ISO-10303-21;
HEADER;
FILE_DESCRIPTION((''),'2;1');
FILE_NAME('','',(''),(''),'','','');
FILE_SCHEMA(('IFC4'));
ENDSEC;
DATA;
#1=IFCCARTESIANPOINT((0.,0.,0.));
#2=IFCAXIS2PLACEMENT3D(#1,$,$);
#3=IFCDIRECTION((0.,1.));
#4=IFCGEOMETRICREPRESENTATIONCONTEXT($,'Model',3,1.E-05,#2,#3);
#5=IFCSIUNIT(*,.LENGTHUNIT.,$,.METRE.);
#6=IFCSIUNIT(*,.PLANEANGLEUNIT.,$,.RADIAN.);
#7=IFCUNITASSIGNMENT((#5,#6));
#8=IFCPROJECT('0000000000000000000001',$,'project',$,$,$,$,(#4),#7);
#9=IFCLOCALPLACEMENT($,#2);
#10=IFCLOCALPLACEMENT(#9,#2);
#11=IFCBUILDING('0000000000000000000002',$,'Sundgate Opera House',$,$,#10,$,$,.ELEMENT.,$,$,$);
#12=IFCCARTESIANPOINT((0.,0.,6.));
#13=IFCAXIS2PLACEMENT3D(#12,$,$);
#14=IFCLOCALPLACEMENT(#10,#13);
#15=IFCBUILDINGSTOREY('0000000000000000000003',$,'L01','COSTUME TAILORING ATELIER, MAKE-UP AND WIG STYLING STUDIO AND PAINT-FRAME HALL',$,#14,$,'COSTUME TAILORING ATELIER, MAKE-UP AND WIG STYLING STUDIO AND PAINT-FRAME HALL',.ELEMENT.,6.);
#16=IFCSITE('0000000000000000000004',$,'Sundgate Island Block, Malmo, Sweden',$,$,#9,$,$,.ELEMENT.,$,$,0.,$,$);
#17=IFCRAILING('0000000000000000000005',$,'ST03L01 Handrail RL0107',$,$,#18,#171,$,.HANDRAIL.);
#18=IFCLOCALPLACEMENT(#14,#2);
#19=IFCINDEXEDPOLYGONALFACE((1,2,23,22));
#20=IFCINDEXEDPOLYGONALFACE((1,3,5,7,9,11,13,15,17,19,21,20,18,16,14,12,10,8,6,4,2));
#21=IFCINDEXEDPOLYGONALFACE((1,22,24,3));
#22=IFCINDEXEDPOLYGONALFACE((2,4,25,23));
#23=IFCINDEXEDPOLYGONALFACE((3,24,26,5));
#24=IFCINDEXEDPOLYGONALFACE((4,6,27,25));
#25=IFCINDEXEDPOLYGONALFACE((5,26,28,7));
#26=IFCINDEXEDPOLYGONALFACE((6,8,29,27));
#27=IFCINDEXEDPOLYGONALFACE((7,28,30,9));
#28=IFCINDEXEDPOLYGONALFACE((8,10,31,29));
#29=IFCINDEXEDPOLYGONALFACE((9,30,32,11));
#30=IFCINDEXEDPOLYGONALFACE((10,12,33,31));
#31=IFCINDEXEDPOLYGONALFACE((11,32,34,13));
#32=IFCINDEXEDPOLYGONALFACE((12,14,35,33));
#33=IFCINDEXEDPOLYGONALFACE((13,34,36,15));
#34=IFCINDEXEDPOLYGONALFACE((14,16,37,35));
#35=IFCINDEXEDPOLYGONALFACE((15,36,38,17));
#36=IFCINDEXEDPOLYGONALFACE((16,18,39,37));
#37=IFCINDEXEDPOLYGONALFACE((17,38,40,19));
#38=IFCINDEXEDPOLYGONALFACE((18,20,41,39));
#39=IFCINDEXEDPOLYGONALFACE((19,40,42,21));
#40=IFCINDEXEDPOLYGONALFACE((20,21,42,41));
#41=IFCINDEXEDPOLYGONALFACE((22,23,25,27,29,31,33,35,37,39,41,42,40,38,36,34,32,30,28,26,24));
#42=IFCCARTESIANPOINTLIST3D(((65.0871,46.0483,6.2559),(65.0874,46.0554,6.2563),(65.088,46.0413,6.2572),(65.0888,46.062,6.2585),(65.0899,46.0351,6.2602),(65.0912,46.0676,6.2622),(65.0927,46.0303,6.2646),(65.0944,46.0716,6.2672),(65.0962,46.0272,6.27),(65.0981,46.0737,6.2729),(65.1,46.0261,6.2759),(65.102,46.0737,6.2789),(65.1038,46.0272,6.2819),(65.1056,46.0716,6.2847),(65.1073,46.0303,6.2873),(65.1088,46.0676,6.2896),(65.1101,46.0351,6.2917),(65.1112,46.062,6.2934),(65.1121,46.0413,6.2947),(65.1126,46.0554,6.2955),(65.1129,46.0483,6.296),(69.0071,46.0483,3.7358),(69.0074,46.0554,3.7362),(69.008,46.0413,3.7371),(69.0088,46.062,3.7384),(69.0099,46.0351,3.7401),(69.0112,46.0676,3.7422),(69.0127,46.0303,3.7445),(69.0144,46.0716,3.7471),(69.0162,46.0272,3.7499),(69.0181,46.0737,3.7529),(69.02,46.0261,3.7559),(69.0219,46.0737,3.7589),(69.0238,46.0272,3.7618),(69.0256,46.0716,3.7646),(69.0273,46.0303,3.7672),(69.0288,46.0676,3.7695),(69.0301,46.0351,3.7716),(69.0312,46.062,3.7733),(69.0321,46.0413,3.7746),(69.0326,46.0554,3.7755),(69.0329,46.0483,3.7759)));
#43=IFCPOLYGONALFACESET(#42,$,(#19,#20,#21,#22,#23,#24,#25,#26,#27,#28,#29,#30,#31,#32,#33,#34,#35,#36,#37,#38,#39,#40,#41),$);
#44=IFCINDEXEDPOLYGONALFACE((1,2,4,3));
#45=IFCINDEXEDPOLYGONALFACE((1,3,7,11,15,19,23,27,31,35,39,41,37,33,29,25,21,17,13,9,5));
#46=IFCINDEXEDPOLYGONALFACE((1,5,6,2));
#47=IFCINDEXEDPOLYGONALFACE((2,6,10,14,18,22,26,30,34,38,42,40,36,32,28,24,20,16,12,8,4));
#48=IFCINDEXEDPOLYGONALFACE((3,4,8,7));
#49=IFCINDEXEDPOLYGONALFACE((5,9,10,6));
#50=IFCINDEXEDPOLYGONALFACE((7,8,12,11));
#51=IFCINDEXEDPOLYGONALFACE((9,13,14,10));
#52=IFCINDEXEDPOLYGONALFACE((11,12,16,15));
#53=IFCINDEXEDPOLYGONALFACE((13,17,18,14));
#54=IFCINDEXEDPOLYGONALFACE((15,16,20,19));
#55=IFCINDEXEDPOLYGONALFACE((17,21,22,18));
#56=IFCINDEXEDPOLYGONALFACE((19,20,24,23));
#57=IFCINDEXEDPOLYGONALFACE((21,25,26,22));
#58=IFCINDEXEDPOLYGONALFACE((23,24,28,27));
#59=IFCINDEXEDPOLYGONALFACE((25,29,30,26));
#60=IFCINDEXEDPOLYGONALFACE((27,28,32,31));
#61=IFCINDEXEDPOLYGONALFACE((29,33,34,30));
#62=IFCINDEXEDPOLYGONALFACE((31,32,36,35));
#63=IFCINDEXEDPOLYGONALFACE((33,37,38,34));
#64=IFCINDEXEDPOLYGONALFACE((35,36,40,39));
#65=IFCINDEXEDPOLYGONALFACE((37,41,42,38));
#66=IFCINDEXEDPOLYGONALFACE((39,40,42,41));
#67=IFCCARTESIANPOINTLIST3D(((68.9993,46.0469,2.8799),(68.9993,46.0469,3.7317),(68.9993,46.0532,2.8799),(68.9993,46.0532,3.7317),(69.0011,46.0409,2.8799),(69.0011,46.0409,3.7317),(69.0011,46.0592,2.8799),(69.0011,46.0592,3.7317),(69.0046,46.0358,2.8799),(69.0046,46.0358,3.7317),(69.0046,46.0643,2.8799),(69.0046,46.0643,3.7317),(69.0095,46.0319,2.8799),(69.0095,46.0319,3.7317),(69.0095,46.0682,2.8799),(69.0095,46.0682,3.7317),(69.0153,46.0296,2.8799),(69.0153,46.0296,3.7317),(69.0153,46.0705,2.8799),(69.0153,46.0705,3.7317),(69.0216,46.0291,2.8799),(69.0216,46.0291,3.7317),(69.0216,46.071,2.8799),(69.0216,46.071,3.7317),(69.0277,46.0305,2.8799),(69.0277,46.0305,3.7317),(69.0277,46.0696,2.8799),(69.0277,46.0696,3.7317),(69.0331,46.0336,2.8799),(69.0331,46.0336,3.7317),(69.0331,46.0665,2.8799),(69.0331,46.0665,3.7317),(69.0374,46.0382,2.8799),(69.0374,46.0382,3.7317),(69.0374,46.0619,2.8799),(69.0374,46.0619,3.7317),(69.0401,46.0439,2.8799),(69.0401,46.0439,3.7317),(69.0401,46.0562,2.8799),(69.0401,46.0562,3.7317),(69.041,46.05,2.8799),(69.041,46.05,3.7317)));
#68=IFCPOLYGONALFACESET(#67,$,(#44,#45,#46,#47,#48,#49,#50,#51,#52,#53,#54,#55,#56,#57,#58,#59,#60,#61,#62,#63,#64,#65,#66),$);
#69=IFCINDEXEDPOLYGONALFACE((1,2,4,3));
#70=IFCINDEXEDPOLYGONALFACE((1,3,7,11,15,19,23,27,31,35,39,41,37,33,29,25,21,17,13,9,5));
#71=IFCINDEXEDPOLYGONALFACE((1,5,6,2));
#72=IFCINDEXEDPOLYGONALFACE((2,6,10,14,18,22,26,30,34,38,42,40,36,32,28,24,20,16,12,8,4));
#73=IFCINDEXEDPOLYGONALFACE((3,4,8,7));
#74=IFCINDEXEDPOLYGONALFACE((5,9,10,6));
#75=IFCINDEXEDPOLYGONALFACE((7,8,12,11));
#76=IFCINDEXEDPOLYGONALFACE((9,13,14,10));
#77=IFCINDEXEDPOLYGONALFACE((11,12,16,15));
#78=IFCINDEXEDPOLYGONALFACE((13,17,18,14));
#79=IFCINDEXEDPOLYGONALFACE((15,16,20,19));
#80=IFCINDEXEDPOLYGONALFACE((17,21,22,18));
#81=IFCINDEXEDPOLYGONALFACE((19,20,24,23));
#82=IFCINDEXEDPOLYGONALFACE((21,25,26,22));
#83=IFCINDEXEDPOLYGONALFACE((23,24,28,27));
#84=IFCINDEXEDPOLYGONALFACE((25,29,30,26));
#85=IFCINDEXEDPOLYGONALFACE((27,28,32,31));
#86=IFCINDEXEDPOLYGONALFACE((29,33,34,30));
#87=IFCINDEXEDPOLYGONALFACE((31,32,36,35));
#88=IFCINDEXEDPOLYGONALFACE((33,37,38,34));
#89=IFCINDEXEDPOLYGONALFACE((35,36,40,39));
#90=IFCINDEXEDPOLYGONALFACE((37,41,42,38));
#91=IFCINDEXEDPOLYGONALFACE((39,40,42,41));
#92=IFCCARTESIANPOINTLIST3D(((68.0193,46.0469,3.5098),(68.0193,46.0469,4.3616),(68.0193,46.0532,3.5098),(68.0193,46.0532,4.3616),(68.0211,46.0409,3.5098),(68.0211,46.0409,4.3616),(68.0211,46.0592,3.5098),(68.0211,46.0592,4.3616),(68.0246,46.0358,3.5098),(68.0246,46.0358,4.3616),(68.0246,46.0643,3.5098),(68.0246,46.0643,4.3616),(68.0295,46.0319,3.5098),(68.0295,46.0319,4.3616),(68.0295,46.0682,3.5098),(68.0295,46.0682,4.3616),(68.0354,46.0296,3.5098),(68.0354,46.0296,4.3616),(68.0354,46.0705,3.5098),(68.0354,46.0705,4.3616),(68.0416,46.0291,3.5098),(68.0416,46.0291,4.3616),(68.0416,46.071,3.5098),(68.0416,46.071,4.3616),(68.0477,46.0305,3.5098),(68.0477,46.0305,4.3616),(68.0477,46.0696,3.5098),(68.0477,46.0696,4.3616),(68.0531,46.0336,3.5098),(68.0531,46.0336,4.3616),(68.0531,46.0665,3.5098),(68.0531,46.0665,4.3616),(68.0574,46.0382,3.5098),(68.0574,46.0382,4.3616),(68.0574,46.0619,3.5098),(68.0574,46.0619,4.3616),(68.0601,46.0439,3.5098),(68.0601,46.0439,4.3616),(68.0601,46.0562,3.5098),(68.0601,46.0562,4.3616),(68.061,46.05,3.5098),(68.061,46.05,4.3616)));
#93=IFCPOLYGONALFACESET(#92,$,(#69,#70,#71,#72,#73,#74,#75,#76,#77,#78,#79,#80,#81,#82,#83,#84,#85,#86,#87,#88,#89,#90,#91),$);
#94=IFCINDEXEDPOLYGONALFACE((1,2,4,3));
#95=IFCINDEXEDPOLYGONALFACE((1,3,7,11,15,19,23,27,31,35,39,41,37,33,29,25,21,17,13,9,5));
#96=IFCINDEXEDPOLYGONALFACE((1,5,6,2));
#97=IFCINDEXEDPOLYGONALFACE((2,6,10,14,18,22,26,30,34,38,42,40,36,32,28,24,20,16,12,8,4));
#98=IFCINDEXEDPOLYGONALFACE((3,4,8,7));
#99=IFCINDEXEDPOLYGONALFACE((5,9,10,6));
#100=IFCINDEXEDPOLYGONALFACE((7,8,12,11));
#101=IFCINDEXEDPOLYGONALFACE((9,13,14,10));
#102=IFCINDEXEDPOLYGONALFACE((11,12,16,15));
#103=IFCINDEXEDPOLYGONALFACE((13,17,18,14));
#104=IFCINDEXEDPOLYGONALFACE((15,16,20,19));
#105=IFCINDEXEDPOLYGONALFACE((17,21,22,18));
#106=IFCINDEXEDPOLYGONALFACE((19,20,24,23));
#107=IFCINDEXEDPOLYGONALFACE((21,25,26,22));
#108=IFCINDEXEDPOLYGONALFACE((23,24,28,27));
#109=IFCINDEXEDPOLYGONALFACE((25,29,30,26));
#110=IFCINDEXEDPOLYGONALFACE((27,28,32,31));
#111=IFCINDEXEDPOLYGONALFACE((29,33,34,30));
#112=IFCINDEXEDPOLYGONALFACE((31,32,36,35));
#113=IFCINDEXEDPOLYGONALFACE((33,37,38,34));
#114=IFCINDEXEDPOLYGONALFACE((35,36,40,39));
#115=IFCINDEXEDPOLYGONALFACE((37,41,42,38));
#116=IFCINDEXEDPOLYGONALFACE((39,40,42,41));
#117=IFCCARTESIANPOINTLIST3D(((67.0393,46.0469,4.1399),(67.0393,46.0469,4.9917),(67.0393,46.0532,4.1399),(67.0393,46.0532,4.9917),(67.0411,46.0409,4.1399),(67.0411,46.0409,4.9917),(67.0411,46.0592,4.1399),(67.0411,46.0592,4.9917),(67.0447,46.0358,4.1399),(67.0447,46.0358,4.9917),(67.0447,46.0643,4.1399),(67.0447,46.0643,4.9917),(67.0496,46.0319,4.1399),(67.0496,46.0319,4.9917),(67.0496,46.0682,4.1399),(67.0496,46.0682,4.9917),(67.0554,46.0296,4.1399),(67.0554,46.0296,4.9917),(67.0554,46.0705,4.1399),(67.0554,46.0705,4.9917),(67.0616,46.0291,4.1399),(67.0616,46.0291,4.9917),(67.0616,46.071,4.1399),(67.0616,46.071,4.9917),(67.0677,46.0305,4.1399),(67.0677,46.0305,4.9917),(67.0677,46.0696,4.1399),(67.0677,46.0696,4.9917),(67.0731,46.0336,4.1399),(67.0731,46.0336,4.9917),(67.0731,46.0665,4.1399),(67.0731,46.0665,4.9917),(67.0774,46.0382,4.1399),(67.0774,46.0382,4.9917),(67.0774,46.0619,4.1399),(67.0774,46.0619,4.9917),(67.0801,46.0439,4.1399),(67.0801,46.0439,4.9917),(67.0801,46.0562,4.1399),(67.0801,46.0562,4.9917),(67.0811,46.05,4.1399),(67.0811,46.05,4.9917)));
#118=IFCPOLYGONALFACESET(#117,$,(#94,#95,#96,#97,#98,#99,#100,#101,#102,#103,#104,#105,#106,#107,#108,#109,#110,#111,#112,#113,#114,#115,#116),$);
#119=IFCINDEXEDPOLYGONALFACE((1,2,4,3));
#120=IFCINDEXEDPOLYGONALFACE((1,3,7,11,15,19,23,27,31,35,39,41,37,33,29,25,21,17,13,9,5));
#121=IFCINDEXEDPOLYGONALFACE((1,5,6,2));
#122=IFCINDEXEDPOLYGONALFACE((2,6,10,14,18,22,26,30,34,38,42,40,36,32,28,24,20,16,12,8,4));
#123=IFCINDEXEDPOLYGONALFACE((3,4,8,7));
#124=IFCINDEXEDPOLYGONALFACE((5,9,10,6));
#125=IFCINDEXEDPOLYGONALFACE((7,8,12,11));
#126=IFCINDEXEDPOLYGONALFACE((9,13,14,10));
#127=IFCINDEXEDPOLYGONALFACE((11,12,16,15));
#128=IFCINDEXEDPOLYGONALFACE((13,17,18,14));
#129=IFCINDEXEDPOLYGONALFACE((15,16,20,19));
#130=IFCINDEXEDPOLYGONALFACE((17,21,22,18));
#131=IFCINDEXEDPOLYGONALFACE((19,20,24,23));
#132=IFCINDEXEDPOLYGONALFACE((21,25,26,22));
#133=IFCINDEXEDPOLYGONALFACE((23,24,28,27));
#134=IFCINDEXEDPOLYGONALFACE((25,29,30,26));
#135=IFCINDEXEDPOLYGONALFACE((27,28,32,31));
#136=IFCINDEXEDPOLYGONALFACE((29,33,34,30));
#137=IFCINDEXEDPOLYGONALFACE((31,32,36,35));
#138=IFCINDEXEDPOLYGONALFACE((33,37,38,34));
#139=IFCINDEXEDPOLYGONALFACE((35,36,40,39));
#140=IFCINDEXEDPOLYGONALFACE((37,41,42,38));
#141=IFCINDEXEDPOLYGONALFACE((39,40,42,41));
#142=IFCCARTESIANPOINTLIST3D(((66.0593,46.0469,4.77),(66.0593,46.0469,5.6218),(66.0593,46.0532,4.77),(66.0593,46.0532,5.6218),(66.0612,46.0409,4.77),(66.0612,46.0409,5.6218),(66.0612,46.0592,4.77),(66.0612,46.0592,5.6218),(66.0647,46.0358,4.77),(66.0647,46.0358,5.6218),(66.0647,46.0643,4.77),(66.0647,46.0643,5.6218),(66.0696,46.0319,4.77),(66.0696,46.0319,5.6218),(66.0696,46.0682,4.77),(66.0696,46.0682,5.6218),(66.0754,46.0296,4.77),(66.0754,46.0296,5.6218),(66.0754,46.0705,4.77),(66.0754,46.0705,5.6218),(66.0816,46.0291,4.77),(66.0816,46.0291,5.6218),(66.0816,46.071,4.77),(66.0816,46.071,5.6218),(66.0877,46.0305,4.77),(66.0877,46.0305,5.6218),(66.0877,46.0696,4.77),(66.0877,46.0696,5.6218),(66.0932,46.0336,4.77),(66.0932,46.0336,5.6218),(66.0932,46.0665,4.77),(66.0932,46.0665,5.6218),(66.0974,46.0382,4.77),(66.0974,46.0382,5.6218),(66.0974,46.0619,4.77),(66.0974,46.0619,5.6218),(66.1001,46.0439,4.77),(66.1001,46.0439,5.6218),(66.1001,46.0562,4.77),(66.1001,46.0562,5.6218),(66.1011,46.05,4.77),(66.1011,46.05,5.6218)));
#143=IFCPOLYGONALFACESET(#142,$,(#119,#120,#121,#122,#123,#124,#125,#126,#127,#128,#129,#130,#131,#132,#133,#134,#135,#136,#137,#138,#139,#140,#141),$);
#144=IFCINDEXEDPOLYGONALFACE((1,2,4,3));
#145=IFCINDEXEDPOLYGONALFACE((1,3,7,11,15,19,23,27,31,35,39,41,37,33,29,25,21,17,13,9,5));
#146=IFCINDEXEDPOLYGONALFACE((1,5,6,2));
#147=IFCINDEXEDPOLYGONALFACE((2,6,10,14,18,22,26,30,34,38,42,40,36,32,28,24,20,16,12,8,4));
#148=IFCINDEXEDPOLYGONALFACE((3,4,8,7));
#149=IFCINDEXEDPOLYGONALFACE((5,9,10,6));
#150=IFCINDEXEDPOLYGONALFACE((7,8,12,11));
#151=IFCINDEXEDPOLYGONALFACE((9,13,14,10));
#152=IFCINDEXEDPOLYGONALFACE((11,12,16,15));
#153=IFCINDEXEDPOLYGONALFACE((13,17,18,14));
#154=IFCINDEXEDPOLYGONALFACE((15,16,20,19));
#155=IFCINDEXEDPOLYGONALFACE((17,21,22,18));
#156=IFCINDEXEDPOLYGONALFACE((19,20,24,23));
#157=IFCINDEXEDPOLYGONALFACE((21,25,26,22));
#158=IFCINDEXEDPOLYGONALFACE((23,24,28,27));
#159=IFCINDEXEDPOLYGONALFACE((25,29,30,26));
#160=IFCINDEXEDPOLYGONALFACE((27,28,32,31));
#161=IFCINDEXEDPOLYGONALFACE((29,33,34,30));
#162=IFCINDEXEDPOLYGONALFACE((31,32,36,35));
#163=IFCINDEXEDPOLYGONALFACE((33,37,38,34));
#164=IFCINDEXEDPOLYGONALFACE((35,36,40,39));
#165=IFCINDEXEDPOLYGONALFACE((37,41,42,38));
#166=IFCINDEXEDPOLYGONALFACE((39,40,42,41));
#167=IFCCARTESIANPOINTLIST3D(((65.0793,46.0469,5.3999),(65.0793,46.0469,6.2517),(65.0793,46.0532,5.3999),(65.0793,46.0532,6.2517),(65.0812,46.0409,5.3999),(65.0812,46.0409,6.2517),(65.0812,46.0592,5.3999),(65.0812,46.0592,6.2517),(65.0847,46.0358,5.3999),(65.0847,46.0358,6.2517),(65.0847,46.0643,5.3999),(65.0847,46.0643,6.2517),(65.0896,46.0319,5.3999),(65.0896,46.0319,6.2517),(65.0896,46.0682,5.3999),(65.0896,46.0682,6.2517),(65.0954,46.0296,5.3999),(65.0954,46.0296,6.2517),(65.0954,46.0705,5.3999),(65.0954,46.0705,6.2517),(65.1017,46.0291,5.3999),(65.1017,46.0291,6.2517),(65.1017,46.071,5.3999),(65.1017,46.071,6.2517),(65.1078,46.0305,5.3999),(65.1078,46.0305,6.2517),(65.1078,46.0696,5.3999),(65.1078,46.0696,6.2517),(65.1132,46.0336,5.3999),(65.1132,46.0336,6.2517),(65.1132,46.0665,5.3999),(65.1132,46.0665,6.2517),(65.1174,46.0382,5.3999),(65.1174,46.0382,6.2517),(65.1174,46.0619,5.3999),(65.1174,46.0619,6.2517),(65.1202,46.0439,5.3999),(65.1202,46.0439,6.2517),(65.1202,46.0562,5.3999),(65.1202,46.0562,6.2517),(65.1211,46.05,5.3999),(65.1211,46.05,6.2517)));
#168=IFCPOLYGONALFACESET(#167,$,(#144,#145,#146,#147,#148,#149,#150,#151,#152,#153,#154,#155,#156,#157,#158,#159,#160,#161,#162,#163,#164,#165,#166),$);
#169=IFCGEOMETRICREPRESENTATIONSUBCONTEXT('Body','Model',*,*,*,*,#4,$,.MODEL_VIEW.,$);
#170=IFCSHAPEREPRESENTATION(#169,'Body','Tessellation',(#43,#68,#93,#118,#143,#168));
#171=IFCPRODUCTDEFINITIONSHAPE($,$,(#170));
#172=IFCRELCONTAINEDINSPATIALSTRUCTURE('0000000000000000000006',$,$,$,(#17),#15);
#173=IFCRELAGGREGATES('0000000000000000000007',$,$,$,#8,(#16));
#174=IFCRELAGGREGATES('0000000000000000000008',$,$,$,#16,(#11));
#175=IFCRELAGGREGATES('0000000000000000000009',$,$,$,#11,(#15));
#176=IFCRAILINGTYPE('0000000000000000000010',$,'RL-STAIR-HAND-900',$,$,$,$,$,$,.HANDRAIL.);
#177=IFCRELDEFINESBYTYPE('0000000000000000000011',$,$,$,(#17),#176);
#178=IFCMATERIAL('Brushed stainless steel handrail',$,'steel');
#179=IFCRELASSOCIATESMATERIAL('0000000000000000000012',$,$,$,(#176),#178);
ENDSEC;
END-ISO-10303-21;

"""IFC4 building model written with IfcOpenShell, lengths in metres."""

from ifc_helpers import new_model, si_unit, direction, frame, origin, origin_2d, place, context, subcontext, project, spatial, circle, extrude, material, type_object, element, save


model = new_model("IFC4")

# Units and contexts
model_context = context("Model", 3, precision=1e-05, world=origin(), true_north=direction((0.0, 1.0)))
body_context = subcontext(model_context, "Body", "Model", "MODEL_VIEW")
ifc_project = project(units=[si_unit("LENGTHUNIT", "METRE"), si_unit("PLANEANGLEUNIT", "RADIAN")], contexts=[model_context])

# Site, building, storey
site_placement = place(None, origin())
site = spatial("IfcSite", under=ifc_project, at=site_placement, Name="Sundgate Island Block, Malmo, Sweden", CompositionType="ELEMENT", RefElevation=0.0)
building_placement = place(site_placement, origin())
building = spatial("IfcBuilding", under=site, at=building_placement, Name="Sundgate Opera House", CompositionType="ELEMENT")
storey_placement = place(building_placement, frame((0.0, 0.0, 6.0)))
storey = spatial("IfcBuildingStorey", under=building, at=storey_placement, Name="L01", Description="COSTUME TAILORING ATELIER, MAKE-UP AND WIG STYLING STUDIO AND PAINT-FRAME HALL", LongName="COSTUME TAILORING ATELIER, MAKE-UP AND WIG STYLING STUDIO AND PAINT-FRAME HALL", CompositionType="ELEMENT", Elevation=6.0)

# Railing
ifc_material_1 = material(Name="Brushed stainless steel handrail", Category="steel")
railing_type_1 = type_object("IfcRailingType", Name="RL-STAIR-HAND-900", PredefinedType="HANDRAIL", material=ifc_material_1)
railing_1_placement = place(storey_placement, frame((69.02, 46.05, 2.8799)))
element("IfcRailing", 1, at=railing_1_placement, inside=storey, type_object=railing_type_1, Name="ST03L01 Handrail RL0107", PredefinedType="HANDRAIL", context=body_context, shape_type="SweptSolid", body=[
    extrude(circle(Radius=0.0239, at=origin_2d()), frame((0.0, 0.0, 0.876), z_axis=(-0.841172, 0.0, 0.540768), x_axis=(0.0, -1.0, 0.0)), (0.0, 0.0, 1.0), 4.6602),
    extrude(circle(Radius=0.021, at=origin_2d()), origin(), (0.0, 0.0, 1.0), 0.8518),
    extrude(circle(Radius=0.021, at=origin_2d()), frame((-0.98, 0.0, 0.6299)), (0.0, 0.0, 1.0), 0.8518),
    extrude(circle(Radius=0.021, at=origin_2d()), frame((-1.96, 0.0, 1.26)), (0.0, 0.0, 1.0), 0.8518),
    extrude(circle(Radius=0.021, at=origin_2d()), frame((-2.9399, 0.0, 1.8901)), (0.0, 0.0, 1.0), 0.8518),
    extrude(circle(Radius=0.021, at=origin_2d()), frame((-3.9199, 0.0, 2.52)), (0.0, 0.0, 1.0), 0.8518),
])

save(model, "model.ifc")
